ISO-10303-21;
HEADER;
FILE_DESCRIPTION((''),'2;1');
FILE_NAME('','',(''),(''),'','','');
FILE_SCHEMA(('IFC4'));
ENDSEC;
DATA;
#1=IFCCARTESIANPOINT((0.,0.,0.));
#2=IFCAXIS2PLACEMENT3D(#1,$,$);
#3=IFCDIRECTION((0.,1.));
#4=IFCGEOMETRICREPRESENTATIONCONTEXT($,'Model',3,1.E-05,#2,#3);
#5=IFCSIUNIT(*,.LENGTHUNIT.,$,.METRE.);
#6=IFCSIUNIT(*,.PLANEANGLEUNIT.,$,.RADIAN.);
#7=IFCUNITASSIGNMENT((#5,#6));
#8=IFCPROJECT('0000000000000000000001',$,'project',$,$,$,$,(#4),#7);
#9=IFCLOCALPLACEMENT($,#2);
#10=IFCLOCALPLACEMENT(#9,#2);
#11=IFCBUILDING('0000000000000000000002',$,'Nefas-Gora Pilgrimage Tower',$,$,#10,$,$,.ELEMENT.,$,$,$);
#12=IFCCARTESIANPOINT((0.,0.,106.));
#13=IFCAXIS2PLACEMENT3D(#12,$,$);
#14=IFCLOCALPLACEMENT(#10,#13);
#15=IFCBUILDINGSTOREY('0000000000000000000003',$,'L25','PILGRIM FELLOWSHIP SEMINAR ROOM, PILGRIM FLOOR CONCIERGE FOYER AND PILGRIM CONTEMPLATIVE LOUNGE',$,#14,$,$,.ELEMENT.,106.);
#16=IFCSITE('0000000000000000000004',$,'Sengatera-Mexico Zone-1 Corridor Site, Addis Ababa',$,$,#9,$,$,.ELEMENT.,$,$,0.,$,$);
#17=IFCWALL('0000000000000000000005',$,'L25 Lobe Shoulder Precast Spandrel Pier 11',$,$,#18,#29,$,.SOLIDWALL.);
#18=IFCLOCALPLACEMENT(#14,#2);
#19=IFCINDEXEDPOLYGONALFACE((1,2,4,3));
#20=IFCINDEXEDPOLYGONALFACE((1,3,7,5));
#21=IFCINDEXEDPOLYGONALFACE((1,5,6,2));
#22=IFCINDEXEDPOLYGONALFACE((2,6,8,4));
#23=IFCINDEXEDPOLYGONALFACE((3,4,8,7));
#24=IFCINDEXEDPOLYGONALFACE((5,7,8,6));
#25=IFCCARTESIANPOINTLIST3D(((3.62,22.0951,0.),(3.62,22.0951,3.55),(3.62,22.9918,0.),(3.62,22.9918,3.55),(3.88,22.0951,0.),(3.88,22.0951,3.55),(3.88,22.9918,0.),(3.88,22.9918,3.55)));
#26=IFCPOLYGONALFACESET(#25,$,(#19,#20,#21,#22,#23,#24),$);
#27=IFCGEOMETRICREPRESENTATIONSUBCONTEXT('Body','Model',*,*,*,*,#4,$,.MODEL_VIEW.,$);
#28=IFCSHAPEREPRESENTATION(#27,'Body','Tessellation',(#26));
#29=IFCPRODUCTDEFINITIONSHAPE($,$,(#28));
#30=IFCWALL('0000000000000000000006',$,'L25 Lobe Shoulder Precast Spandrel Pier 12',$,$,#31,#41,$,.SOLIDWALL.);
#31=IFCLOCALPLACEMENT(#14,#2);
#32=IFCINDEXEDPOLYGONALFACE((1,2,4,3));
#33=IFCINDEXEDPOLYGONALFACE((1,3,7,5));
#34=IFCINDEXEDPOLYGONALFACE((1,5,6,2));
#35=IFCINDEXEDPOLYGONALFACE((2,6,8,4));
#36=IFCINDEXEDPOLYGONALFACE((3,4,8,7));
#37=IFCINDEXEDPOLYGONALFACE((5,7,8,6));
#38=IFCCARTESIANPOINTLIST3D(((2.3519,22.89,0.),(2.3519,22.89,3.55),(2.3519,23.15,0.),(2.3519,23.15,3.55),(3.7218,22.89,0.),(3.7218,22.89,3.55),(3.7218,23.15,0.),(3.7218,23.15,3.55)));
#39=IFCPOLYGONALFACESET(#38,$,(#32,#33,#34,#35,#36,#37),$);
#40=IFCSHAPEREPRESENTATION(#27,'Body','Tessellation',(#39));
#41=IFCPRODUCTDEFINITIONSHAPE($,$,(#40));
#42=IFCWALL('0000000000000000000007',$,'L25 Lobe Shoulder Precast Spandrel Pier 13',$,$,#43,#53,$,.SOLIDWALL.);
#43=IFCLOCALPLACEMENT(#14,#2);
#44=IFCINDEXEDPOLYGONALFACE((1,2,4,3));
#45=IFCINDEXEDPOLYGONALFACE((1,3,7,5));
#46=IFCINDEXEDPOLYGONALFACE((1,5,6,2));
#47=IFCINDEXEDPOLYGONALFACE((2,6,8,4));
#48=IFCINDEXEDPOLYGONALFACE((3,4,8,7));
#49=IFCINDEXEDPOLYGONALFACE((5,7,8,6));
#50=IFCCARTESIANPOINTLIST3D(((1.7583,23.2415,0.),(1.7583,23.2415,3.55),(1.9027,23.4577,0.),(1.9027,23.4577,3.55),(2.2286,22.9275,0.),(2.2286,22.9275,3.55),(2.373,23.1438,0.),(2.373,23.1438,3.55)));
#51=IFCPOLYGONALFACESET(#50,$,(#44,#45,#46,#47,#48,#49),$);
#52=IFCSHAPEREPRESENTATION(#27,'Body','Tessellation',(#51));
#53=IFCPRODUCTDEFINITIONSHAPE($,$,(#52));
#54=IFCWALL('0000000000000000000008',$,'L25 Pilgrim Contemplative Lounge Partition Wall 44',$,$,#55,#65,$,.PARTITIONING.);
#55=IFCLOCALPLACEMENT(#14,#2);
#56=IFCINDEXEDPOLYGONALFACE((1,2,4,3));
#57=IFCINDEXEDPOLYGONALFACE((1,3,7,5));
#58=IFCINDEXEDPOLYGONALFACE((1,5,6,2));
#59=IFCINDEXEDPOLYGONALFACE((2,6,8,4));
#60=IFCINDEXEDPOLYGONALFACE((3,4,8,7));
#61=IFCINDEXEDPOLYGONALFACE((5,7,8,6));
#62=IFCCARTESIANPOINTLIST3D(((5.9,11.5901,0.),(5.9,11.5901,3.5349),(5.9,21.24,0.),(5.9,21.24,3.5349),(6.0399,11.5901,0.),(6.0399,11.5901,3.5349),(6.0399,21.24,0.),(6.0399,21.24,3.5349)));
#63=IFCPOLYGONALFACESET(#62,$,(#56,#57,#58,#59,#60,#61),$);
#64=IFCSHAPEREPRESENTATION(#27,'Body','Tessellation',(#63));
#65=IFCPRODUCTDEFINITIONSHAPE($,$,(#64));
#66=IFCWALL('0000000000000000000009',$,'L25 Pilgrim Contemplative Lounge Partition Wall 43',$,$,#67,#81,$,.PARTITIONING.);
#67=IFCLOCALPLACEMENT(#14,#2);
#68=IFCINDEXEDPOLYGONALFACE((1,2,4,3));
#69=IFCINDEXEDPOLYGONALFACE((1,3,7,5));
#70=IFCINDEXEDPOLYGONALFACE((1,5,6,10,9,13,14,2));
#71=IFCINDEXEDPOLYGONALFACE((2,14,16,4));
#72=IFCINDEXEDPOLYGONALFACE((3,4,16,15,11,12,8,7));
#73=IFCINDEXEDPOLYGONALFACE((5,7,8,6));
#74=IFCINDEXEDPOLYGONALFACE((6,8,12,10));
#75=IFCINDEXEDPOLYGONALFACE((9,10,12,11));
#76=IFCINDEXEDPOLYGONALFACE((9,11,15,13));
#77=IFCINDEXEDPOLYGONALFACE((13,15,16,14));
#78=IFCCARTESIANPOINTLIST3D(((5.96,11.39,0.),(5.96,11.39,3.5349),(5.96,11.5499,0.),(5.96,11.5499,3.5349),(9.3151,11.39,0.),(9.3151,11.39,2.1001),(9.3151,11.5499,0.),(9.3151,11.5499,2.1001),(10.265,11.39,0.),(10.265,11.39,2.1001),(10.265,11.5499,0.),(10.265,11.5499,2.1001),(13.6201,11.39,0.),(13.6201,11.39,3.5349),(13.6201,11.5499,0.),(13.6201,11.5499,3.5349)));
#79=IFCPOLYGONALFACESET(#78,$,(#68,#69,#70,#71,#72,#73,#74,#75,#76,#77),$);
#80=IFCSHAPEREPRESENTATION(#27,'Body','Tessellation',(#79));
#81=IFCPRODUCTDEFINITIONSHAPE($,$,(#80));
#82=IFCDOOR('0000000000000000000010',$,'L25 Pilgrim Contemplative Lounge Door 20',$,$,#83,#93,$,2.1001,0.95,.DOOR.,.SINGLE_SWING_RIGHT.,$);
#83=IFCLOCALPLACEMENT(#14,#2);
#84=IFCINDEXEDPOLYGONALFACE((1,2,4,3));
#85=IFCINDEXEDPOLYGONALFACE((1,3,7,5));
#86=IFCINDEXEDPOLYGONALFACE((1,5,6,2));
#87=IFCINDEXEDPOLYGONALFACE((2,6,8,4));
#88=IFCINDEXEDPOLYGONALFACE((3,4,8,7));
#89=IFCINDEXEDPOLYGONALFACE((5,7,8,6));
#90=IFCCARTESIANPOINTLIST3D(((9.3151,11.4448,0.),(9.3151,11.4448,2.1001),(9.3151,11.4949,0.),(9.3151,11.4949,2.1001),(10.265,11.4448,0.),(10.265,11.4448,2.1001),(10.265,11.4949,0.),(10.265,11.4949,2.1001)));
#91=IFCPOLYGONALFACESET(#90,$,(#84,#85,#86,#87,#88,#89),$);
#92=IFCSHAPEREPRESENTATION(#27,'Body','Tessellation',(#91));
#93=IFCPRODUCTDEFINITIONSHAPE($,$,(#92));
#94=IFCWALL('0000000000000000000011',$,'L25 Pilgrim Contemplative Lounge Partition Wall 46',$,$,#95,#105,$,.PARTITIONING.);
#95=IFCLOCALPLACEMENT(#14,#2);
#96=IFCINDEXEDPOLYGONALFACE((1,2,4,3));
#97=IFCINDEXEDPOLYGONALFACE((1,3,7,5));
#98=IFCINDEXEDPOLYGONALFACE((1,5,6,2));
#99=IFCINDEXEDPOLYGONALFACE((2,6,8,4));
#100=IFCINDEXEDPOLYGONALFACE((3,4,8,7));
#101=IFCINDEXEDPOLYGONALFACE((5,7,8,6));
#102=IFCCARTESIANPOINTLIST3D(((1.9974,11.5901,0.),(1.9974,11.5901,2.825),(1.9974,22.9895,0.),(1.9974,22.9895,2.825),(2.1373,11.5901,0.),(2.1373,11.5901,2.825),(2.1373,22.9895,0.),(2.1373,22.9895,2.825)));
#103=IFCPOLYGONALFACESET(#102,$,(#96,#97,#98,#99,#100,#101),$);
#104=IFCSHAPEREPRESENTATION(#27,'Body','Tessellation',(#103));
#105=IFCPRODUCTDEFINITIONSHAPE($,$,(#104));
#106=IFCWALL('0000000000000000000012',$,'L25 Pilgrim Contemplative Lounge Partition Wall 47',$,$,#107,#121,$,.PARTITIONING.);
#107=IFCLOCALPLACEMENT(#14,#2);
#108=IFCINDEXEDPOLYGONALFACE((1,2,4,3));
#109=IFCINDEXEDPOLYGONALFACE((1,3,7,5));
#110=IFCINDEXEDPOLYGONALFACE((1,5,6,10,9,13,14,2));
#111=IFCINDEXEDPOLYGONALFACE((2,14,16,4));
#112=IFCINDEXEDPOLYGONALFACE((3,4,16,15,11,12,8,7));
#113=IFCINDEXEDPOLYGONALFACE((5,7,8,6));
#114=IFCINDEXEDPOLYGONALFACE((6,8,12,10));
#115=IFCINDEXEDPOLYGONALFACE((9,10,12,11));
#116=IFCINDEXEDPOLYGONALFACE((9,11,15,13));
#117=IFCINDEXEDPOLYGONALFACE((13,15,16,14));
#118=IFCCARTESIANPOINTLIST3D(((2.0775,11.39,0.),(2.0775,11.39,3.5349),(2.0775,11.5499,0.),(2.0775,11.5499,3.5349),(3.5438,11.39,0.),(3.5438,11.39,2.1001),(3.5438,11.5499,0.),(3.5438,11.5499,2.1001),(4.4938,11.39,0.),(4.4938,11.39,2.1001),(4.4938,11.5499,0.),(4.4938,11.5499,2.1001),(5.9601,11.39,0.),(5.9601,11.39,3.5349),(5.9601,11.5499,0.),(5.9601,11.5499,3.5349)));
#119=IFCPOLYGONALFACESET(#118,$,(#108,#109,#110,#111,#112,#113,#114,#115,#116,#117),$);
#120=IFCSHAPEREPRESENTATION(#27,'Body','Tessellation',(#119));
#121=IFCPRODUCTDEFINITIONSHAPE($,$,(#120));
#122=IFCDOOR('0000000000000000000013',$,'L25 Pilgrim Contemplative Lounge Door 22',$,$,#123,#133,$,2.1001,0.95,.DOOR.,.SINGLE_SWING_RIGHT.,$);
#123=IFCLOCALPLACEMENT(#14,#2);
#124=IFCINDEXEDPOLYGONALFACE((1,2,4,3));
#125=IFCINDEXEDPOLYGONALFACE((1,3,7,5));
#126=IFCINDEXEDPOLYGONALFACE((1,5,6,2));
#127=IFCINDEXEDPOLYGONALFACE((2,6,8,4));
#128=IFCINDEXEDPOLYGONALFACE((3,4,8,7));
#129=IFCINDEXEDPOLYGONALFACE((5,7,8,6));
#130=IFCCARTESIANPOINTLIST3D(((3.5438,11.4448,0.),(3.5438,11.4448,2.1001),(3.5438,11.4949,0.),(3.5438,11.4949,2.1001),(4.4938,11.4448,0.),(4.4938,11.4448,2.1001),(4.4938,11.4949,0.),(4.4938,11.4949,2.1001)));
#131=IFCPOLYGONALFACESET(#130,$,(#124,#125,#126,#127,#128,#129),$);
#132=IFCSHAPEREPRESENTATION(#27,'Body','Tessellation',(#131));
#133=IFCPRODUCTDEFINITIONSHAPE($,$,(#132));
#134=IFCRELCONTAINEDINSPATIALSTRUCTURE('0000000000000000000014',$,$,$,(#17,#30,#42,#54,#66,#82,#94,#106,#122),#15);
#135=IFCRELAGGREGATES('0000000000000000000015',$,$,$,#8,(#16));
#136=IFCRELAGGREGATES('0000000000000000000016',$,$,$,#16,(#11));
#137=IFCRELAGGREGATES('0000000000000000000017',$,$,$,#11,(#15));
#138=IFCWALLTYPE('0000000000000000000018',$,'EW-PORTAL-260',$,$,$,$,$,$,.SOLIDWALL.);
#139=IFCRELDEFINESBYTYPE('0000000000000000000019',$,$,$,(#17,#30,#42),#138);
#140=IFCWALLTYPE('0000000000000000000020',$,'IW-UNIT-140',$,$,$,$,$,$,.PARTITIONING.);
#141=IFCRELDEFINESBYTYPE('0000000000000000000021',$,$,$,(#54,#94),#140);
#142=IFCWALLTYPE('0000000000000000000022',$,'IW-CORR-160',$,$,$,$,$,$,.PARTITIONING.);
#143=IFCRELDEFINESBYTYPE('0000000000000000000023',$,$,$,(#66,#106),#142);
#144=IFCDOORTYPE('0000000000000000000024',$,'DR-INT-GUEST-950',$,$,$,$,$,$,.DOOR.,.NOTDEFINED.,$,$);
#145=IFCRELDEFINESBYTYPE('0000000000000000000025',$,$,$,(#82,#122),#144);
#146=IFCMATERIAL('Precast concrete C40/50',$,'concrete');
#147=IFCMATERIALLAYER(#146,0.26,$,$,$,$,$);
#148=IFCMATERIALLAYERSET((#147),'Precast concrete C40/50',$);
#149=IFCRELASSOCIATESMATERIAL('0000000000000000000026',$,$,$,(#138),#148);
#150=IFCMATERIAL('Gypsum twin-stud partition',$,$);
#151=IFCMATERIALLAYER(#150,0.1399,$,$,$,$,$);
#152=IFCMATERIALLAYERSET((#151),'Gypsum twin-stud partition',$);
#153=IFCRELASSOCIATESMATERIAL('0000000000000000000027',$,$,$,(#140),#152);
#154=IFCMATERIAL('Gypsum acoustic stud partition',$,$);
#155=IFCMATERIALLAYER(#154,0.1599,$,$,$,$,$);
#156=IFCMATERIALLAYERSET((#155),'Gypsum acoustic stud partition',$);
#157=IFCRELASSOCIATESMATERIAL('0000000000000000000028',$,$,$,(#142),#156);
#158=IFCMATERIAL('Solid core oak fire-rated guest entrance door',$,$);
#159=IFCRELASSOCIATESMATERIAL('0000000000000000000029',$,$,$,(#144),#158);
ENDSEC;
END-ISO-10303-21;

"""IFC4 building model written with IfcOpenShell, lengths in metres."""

from ifc_helpers import new_model, si_unit, direction, frame, frame_2d, origin, place, context, subcontext, project, spatial, rectangle, extrude, source, transform, mapped, material, layer, layer_set, type_object, element, fill, save


model = new_model("IFC4")

# Units and contexts
model_context = context("Model", 3, precision=1e-05, world=origin(), true_north=direction((0.0, 1.0)))
body_context = subcontext(model_context, "Body", "Model", "MODEL_VIEW")
ifc_project = project(units=[si_unit("LENGTHUNIT", "METRE"), si_unit("PLANEANGLEUNIT", "RADIAN")], contexts=[model_context])

# Site, building, storey
site_placement = place(None, origin())
site = spatial("IfcSite", under=ifc_project, at=site_placement, Name="Sengatera-Mexico Zone-1 Corridor Site, Addis Ababa", CompositionType="ELEMENT", RefElevation=0.0)
building_placement = place(site_placement, origin())
building = spatial("IfcBuilding", under=site, at=building_placement, Name="Nefas-Gora Pilgrimage Tower", CompositionType="ELEMENT")
storey_placement = place(building_placement, frame((0.0, 0.0, 106.0)))
storey = spatial("IfcBuildingStorey", under=building, at=storey_placement, Name="L25", Description="PILGRIM FELLOWSHIP SEMINAR ROOM, PILGRIM FLOOR CONCIERGE FOYER AND PILGRIM CONTEMPLATIVE LOUNGE", CompositionType="ELEMENT", Elevation=106.0)

# Walls
ifc_material_1 = material(Name="Precast concrete C40/50", Category="concrete")
ifc_layer_1 = layer(ifc_material_1, 0.26)
ifc_layer_set_1 = layer_set([ifc_layer_1], Name="Precast concrete C40/50")
wall_type_1 = type_object("IfcWallType", Name="EW-PORTAL-260", PredefinedType="SOLIDWALL", material=ifc_layer_set_1)
shared_shape_1 = source(origin(), body_context, "Body", "SweptSolid", [
    extrude(rectangle(XDim=0.8967, YDim=0.26, at=frame_2d((0.4482, 0.0))), origin(), (0.0, 0.0, 1.0), 3.55),
])
wall_1_placement = place(storey_placement, frame((3.75, 22.0952, 0.0), z_axis=(0.0, 0.0, 1.0), x_axis=(0.0, 1.0, 0.0)))
element("IfcWall", 1, at=wall_1_placement, inside=storey, type_object=wall_type_1, Name="L25 Lobe Shoulder Precast Spandrel Pier 11", PredefinedType="SOLIDWALL", context=body_context, shape_type="MappedRepresentation", body=[
    mapped(shared_shape_1, transform((0.0, 0.0, 0.0), x_axis=(1.0, 0.0, 0.0), y_axis=(0.0, 1.0, 0.0), z_axis=(0.0, 0.0, 1.0), scale=1.0)),
])
shared_shape_2 = source(origin(), body_context, "Body", "SweptSolid", [
    extrude(rectangle(XDim=1.3699, YDim=0.26, at=frame_2d((0.6851, 0.0))), origin(), (0.0, 0.0, 1.0), 3.55),
])
wall_2_placement = place(storey_placement, frame((3.7219, 23.02, 0.0), z_axis=(0.0, 0.0, 1.0), x_axis=(-1.0, 0.0, 0.0)))
element("IfcWall", 2, at=wall_2_placement, inside=storey, type_object=wall_type_1, Name="L25 Lobe Shoulder Precast Spandrel Pier 12", PredefinedType="SOLIDWALL", context=body_context, shape_type="MappedRepresentation", body=[
    mapped(shared_shape_2, transform((0.0, 0.0, 0.0), x_axis=(1.0, 0.0, 0.0), y_axis=(0.0, 1.0, 0.0), z_axis=(0.0, 0.0, 1.0), scale=1.0)),
])
shared_shape_3 = source(origin(), body_context, "Body", "SweptSolid", [
    extrude(rectangle(XDim=0.5654, YDim=0.26, at=frame_2d((0.2827, 0.0))), origin(), (0.0, 0.0, 1.0), 3.55),
])
wall_3_placement = place(storey_placement, frame((2.3008, 23.0356, 0.0), z_axis=(0.0, 0.0, 1.0), x_axis=(-0.831651, 0.555298, 0.0)))
element("IfcWall", 3, at=wall_3_placement, inside=storey, type_object=wall_type_1, Name="L25 Lobe Shoulder Precast Spandrel Pier 13", PredefinedType="SOLIDWALL", context=body_context, shape_type="MappedRepresentation", body=[
    mapped(shared_shape_3, transform((0.0, 0.0, 0.0), x_axis=(1.0, 0.0, 0.0), y_axis=(0.0, 1.0, 0.0), z_axis=(0.0, 0.0, 1.0), scale=1.0)),
])
ifc_material_2 = material(Name="Gypsum twin-stud partition")
ifc_layer_2 = layer(ifc_material_2, 0.1399)
ifc_layer_set_2 = layer_set([ifc_layer_2], Name="Gypsum twin-stud partition")
wall_type_2 = type_object("IfcWallType", Name="IW-UNIT-140", PredefinedType="PARTITIONING", material=ifc_layer_set_2)
shared_shape_4 = source(origin(), body_context, "Body", "SweptSolid", [
    extrude(rectangle(XDim=9.6499, YDim=0.1399, at=frame_2d((4.825, 0.0))), origin(), (0.0, 0.0, 1.0), 3.5349),
])
wall_4_placement = place(storey_placement, frame((5.97, 11.5901, 0.0), z_axis=(0.0, 0.0, 1.0), x_axis=(0.0, 1.0, 0.0)))
element("IfcWall", 4, at=wall_4_placement, inside=storey, type_object=wall_type_2, Name="L25 Pilgrim Contemplative Lounge Partition Wall 44", PredefinedType="PARTITIONING", context=body_context, shape_type="MappedRepresentation", body=[
    mapped(shared_shape_4, transform((0.0, 0.0, 0.0), x_axis=(1.0, 0.0, 0.0), y_axis=(0.0, 1.0, 0.0), z_axis=(0.0, 0.0, 1.0), scale=1.0)),
])

# Wall, opening, door
ifc_material_3 = material(Name="Gypsum acoustic stud partition")
ifc_layer_3 = layer(ifc_material_3, 0.1599)
ifc_layer_set_3 = layer_set([ifc_layer_3], Name="Gypsum acoustic stud partition")
wall_type_3 = type_object("IfcWallType", Name="IW-CORR-160", PredefinedType="PARTITIONING", material=ifc_layer_set_3)
shared_shape_5 = source(origin(), body_context, "Body", "SweptSolid", [
    extrude(rectangle(XDim=7.6602, YDim=0.1599, at=frame_2d((3.8301, 0.0))), origin(), (0.0, 0.0, 1.0), 3.5349),
])
wall_5_placement = place(storey_placement, frame((5.96, 11.47, 0.0), z_axis=(0.0, 0.0, 1.0), x_axis=(1.0, 0.0, 0.0)))
wall_5 = element("IfcWall", 5, at=wall_5_placement, inside=storey, type_object=wall_type_3, Name="L25 Pilgrim Contemplative Lounge Partition Wall 43", PredefinedType="PARTITIONING", context=body_context, shape_type="MappedRepresentation", body=[
    mapped(shared_shape_5, transform((0.0, 0.0, 0.0), x_axis=(1.0, 0.0, 0.0), y_axis=(0.0, 1.0, 0.0), z_axis=(0.0, 0.0, 1.0), scale=1.0)),
])
opening_1_placement = place(wall_5_placement, frame((3.355, 0.0, 0.0)))
opening_1 = element("IfcOpeningElement", 6, at=opening_1_placement, cuts=wall_5, PredefinedType="OPENING", context=body_context, shape_type="SweptSolid", body=[
    extrude(rectangle(XDim=0.95, YDim=2.1001, at=frame_2d((0.4751, 1.05))), frame((0.0, 0.0898, 0.0), z_axis=(0.0, -1.0, 0.0), x_axis=(1.0, 0.0, 0.0)), (0.0, 0.0, 1.0), 0.1799),
])
ifc_material_4 = material(Name="Solid core oak fire-rated guest entrance door")
door_type = type_object("IfcDoorType", Name="DR-INT-GUEST-950", OperationType="NOTDEFINED", PredefinedType="DOOR", material=ifc_material_4)
shared_shape_6 = source(origin(), body_context, "Body", "SweptSolid", [
    extrude(rectangle(XDim=0.95, YDim=2.1001, at=frame_2d((0.4751, 1.05))), frame((0.0, 0.0249, 0.0), z_axis=(0.0, -1.0, 0.0), x_axis=(1.0, 0.0, 0.0)), (0.0, 0.0, 1.0), 0.05),
])
door_1_placement = place(opening_1_placement, origin())
door_1 = element("IfcDoor", 7, at=door_1_placement, inside=storey, type_object=door_type, Name="L25 Pilgrim Contemplative Lounge Door 20", OperationType="SINGLE_SWING_RIGHT", OverallHeight=2.1001, OverallWidth=0.95, PredefinedType="DOOR", context=body_context, shape_type="MappedRepresentation", body=[
    mapped(shared_shape_6, transform((0.0, 0.0, 0.0), x_axis=(1.0, 0.0, 0.0), y_axis=(0.0, 1.0, 0.0), z_axis=(0.0, 0.0, 1.0), scale=1.0)),
])
fill(opening_1, door_1)

# Wall
shared_shape_7 = source(origin(), body_context, "Body", "SweptSolid", [
    extrude(rectangle(XDim=11.3994, YDim=0.1399, at=frame_2d((5.6997, 0.0))), origin(), (0.0, 0.0, 1.0), 2.825),
])
wall_6_placement = place(storey_placement, frame((2.0674, 11.5901, 0.0), z_axis=(0.0, 0.0, 1.0), x_axis=(0.0, 1.0, 0.0)))
element("IfcWall", 8, at=wall_6_placement, inside=storey, type_object=wall_type_2, Name="L25 Pilgrim Contemplative Lounge Partition Wall 46", PredefinedType="PARTITIONING", context=body_context, shape_type="MappedRepresentation", body=[
    mapped(shared_shape_7, transform((0.0, 0.0, 0.0), x_axis=(1.0, 0.0, 0.0), y_axis=(0.0, 1.0, 0.0), z_axis=(0.0, 0.0, 1.0), scale=1.0)),
])

# Wall, opening, door
shared_shape_8 = source(origin(), body_context, "Body", "SweptSolid", [
    extrude(rectangle(XDim=3.8826, YDim=0.1599, at=frame_2d((1.9414, 0.0))), origin(), (0.0, 0.0, 1.0), 3.5349),
])
wall_7_placement = place(storey_placement, frame((2.0774, 11.47, 0.0), z_axis=(0.0, 0.0, 1.0), x_axis=(1.0, 0.0, 0.0)))
wall_7 = element("IfcWall", 9, at=wall_7_placement, inside=storey, type_object=wall_type_3, Name="L25 Pilgrim Contemplative Lounge Partition Wall 47", PredefinedType="PARTITIONING", context=body_context, shape_type="MappedRepresentation", body=[
    mapped(shared_shape_8, transform((0.0, 0.0, 0.0), x_axis=(1.0, 0.0, 0.0), y_axis=(0.0, 1.0, 0.0), z_axis=(0.0, 0.0, 1.0), scale=1.0)),
])
opening_2_placement = place(wall_7_placement, frame((1.4663, 0.0, 0.0)))
opening_2 = element("IfcOpeningElement", 10, at=opening_2_placement, cuts=wall_7, PredefinedType="OPENING", context=body_context, shape_type="SweptSolid", body=[
    extrude(rectangle(XDim=0.95, YDim=2.1001, at=frame_2d((0.4751, 1.05))), frame((0.0, 0.0898, 0.0), z_axis=(0.0, -1.0, 0.0), x_axis=(1.0, 0.0, 0.0)), (0.0, 0.0, 1.0), 0.1799),
])
door_2_placement = place(opening_2_placement, origin())
door_2 = element("IfcDoor", 11, at=door_2_placement, inside=storey, type_object=door_type, Name="L25 Pilgrim Contemplative Lounge Door 22", OperationType="SINGLE_SWING_RIGHT", OverallHeight=2.1001, OverallWidth=0.95, PredefinedType="DOOR", context=body_context, shape_type="MappedRepresentation", body=[
    mapped(shared_shape_6, transform((0.0, 0.0, 0.0), x_axis=(1.0, 0.0, 0.0), y_axis=(0.0, 1.0, 0.0), z_axis=(0.0, 0.0, 1.0), scale=1.0)),
])
fill(opening_2, door_2)

save(model, "model.ifc")
